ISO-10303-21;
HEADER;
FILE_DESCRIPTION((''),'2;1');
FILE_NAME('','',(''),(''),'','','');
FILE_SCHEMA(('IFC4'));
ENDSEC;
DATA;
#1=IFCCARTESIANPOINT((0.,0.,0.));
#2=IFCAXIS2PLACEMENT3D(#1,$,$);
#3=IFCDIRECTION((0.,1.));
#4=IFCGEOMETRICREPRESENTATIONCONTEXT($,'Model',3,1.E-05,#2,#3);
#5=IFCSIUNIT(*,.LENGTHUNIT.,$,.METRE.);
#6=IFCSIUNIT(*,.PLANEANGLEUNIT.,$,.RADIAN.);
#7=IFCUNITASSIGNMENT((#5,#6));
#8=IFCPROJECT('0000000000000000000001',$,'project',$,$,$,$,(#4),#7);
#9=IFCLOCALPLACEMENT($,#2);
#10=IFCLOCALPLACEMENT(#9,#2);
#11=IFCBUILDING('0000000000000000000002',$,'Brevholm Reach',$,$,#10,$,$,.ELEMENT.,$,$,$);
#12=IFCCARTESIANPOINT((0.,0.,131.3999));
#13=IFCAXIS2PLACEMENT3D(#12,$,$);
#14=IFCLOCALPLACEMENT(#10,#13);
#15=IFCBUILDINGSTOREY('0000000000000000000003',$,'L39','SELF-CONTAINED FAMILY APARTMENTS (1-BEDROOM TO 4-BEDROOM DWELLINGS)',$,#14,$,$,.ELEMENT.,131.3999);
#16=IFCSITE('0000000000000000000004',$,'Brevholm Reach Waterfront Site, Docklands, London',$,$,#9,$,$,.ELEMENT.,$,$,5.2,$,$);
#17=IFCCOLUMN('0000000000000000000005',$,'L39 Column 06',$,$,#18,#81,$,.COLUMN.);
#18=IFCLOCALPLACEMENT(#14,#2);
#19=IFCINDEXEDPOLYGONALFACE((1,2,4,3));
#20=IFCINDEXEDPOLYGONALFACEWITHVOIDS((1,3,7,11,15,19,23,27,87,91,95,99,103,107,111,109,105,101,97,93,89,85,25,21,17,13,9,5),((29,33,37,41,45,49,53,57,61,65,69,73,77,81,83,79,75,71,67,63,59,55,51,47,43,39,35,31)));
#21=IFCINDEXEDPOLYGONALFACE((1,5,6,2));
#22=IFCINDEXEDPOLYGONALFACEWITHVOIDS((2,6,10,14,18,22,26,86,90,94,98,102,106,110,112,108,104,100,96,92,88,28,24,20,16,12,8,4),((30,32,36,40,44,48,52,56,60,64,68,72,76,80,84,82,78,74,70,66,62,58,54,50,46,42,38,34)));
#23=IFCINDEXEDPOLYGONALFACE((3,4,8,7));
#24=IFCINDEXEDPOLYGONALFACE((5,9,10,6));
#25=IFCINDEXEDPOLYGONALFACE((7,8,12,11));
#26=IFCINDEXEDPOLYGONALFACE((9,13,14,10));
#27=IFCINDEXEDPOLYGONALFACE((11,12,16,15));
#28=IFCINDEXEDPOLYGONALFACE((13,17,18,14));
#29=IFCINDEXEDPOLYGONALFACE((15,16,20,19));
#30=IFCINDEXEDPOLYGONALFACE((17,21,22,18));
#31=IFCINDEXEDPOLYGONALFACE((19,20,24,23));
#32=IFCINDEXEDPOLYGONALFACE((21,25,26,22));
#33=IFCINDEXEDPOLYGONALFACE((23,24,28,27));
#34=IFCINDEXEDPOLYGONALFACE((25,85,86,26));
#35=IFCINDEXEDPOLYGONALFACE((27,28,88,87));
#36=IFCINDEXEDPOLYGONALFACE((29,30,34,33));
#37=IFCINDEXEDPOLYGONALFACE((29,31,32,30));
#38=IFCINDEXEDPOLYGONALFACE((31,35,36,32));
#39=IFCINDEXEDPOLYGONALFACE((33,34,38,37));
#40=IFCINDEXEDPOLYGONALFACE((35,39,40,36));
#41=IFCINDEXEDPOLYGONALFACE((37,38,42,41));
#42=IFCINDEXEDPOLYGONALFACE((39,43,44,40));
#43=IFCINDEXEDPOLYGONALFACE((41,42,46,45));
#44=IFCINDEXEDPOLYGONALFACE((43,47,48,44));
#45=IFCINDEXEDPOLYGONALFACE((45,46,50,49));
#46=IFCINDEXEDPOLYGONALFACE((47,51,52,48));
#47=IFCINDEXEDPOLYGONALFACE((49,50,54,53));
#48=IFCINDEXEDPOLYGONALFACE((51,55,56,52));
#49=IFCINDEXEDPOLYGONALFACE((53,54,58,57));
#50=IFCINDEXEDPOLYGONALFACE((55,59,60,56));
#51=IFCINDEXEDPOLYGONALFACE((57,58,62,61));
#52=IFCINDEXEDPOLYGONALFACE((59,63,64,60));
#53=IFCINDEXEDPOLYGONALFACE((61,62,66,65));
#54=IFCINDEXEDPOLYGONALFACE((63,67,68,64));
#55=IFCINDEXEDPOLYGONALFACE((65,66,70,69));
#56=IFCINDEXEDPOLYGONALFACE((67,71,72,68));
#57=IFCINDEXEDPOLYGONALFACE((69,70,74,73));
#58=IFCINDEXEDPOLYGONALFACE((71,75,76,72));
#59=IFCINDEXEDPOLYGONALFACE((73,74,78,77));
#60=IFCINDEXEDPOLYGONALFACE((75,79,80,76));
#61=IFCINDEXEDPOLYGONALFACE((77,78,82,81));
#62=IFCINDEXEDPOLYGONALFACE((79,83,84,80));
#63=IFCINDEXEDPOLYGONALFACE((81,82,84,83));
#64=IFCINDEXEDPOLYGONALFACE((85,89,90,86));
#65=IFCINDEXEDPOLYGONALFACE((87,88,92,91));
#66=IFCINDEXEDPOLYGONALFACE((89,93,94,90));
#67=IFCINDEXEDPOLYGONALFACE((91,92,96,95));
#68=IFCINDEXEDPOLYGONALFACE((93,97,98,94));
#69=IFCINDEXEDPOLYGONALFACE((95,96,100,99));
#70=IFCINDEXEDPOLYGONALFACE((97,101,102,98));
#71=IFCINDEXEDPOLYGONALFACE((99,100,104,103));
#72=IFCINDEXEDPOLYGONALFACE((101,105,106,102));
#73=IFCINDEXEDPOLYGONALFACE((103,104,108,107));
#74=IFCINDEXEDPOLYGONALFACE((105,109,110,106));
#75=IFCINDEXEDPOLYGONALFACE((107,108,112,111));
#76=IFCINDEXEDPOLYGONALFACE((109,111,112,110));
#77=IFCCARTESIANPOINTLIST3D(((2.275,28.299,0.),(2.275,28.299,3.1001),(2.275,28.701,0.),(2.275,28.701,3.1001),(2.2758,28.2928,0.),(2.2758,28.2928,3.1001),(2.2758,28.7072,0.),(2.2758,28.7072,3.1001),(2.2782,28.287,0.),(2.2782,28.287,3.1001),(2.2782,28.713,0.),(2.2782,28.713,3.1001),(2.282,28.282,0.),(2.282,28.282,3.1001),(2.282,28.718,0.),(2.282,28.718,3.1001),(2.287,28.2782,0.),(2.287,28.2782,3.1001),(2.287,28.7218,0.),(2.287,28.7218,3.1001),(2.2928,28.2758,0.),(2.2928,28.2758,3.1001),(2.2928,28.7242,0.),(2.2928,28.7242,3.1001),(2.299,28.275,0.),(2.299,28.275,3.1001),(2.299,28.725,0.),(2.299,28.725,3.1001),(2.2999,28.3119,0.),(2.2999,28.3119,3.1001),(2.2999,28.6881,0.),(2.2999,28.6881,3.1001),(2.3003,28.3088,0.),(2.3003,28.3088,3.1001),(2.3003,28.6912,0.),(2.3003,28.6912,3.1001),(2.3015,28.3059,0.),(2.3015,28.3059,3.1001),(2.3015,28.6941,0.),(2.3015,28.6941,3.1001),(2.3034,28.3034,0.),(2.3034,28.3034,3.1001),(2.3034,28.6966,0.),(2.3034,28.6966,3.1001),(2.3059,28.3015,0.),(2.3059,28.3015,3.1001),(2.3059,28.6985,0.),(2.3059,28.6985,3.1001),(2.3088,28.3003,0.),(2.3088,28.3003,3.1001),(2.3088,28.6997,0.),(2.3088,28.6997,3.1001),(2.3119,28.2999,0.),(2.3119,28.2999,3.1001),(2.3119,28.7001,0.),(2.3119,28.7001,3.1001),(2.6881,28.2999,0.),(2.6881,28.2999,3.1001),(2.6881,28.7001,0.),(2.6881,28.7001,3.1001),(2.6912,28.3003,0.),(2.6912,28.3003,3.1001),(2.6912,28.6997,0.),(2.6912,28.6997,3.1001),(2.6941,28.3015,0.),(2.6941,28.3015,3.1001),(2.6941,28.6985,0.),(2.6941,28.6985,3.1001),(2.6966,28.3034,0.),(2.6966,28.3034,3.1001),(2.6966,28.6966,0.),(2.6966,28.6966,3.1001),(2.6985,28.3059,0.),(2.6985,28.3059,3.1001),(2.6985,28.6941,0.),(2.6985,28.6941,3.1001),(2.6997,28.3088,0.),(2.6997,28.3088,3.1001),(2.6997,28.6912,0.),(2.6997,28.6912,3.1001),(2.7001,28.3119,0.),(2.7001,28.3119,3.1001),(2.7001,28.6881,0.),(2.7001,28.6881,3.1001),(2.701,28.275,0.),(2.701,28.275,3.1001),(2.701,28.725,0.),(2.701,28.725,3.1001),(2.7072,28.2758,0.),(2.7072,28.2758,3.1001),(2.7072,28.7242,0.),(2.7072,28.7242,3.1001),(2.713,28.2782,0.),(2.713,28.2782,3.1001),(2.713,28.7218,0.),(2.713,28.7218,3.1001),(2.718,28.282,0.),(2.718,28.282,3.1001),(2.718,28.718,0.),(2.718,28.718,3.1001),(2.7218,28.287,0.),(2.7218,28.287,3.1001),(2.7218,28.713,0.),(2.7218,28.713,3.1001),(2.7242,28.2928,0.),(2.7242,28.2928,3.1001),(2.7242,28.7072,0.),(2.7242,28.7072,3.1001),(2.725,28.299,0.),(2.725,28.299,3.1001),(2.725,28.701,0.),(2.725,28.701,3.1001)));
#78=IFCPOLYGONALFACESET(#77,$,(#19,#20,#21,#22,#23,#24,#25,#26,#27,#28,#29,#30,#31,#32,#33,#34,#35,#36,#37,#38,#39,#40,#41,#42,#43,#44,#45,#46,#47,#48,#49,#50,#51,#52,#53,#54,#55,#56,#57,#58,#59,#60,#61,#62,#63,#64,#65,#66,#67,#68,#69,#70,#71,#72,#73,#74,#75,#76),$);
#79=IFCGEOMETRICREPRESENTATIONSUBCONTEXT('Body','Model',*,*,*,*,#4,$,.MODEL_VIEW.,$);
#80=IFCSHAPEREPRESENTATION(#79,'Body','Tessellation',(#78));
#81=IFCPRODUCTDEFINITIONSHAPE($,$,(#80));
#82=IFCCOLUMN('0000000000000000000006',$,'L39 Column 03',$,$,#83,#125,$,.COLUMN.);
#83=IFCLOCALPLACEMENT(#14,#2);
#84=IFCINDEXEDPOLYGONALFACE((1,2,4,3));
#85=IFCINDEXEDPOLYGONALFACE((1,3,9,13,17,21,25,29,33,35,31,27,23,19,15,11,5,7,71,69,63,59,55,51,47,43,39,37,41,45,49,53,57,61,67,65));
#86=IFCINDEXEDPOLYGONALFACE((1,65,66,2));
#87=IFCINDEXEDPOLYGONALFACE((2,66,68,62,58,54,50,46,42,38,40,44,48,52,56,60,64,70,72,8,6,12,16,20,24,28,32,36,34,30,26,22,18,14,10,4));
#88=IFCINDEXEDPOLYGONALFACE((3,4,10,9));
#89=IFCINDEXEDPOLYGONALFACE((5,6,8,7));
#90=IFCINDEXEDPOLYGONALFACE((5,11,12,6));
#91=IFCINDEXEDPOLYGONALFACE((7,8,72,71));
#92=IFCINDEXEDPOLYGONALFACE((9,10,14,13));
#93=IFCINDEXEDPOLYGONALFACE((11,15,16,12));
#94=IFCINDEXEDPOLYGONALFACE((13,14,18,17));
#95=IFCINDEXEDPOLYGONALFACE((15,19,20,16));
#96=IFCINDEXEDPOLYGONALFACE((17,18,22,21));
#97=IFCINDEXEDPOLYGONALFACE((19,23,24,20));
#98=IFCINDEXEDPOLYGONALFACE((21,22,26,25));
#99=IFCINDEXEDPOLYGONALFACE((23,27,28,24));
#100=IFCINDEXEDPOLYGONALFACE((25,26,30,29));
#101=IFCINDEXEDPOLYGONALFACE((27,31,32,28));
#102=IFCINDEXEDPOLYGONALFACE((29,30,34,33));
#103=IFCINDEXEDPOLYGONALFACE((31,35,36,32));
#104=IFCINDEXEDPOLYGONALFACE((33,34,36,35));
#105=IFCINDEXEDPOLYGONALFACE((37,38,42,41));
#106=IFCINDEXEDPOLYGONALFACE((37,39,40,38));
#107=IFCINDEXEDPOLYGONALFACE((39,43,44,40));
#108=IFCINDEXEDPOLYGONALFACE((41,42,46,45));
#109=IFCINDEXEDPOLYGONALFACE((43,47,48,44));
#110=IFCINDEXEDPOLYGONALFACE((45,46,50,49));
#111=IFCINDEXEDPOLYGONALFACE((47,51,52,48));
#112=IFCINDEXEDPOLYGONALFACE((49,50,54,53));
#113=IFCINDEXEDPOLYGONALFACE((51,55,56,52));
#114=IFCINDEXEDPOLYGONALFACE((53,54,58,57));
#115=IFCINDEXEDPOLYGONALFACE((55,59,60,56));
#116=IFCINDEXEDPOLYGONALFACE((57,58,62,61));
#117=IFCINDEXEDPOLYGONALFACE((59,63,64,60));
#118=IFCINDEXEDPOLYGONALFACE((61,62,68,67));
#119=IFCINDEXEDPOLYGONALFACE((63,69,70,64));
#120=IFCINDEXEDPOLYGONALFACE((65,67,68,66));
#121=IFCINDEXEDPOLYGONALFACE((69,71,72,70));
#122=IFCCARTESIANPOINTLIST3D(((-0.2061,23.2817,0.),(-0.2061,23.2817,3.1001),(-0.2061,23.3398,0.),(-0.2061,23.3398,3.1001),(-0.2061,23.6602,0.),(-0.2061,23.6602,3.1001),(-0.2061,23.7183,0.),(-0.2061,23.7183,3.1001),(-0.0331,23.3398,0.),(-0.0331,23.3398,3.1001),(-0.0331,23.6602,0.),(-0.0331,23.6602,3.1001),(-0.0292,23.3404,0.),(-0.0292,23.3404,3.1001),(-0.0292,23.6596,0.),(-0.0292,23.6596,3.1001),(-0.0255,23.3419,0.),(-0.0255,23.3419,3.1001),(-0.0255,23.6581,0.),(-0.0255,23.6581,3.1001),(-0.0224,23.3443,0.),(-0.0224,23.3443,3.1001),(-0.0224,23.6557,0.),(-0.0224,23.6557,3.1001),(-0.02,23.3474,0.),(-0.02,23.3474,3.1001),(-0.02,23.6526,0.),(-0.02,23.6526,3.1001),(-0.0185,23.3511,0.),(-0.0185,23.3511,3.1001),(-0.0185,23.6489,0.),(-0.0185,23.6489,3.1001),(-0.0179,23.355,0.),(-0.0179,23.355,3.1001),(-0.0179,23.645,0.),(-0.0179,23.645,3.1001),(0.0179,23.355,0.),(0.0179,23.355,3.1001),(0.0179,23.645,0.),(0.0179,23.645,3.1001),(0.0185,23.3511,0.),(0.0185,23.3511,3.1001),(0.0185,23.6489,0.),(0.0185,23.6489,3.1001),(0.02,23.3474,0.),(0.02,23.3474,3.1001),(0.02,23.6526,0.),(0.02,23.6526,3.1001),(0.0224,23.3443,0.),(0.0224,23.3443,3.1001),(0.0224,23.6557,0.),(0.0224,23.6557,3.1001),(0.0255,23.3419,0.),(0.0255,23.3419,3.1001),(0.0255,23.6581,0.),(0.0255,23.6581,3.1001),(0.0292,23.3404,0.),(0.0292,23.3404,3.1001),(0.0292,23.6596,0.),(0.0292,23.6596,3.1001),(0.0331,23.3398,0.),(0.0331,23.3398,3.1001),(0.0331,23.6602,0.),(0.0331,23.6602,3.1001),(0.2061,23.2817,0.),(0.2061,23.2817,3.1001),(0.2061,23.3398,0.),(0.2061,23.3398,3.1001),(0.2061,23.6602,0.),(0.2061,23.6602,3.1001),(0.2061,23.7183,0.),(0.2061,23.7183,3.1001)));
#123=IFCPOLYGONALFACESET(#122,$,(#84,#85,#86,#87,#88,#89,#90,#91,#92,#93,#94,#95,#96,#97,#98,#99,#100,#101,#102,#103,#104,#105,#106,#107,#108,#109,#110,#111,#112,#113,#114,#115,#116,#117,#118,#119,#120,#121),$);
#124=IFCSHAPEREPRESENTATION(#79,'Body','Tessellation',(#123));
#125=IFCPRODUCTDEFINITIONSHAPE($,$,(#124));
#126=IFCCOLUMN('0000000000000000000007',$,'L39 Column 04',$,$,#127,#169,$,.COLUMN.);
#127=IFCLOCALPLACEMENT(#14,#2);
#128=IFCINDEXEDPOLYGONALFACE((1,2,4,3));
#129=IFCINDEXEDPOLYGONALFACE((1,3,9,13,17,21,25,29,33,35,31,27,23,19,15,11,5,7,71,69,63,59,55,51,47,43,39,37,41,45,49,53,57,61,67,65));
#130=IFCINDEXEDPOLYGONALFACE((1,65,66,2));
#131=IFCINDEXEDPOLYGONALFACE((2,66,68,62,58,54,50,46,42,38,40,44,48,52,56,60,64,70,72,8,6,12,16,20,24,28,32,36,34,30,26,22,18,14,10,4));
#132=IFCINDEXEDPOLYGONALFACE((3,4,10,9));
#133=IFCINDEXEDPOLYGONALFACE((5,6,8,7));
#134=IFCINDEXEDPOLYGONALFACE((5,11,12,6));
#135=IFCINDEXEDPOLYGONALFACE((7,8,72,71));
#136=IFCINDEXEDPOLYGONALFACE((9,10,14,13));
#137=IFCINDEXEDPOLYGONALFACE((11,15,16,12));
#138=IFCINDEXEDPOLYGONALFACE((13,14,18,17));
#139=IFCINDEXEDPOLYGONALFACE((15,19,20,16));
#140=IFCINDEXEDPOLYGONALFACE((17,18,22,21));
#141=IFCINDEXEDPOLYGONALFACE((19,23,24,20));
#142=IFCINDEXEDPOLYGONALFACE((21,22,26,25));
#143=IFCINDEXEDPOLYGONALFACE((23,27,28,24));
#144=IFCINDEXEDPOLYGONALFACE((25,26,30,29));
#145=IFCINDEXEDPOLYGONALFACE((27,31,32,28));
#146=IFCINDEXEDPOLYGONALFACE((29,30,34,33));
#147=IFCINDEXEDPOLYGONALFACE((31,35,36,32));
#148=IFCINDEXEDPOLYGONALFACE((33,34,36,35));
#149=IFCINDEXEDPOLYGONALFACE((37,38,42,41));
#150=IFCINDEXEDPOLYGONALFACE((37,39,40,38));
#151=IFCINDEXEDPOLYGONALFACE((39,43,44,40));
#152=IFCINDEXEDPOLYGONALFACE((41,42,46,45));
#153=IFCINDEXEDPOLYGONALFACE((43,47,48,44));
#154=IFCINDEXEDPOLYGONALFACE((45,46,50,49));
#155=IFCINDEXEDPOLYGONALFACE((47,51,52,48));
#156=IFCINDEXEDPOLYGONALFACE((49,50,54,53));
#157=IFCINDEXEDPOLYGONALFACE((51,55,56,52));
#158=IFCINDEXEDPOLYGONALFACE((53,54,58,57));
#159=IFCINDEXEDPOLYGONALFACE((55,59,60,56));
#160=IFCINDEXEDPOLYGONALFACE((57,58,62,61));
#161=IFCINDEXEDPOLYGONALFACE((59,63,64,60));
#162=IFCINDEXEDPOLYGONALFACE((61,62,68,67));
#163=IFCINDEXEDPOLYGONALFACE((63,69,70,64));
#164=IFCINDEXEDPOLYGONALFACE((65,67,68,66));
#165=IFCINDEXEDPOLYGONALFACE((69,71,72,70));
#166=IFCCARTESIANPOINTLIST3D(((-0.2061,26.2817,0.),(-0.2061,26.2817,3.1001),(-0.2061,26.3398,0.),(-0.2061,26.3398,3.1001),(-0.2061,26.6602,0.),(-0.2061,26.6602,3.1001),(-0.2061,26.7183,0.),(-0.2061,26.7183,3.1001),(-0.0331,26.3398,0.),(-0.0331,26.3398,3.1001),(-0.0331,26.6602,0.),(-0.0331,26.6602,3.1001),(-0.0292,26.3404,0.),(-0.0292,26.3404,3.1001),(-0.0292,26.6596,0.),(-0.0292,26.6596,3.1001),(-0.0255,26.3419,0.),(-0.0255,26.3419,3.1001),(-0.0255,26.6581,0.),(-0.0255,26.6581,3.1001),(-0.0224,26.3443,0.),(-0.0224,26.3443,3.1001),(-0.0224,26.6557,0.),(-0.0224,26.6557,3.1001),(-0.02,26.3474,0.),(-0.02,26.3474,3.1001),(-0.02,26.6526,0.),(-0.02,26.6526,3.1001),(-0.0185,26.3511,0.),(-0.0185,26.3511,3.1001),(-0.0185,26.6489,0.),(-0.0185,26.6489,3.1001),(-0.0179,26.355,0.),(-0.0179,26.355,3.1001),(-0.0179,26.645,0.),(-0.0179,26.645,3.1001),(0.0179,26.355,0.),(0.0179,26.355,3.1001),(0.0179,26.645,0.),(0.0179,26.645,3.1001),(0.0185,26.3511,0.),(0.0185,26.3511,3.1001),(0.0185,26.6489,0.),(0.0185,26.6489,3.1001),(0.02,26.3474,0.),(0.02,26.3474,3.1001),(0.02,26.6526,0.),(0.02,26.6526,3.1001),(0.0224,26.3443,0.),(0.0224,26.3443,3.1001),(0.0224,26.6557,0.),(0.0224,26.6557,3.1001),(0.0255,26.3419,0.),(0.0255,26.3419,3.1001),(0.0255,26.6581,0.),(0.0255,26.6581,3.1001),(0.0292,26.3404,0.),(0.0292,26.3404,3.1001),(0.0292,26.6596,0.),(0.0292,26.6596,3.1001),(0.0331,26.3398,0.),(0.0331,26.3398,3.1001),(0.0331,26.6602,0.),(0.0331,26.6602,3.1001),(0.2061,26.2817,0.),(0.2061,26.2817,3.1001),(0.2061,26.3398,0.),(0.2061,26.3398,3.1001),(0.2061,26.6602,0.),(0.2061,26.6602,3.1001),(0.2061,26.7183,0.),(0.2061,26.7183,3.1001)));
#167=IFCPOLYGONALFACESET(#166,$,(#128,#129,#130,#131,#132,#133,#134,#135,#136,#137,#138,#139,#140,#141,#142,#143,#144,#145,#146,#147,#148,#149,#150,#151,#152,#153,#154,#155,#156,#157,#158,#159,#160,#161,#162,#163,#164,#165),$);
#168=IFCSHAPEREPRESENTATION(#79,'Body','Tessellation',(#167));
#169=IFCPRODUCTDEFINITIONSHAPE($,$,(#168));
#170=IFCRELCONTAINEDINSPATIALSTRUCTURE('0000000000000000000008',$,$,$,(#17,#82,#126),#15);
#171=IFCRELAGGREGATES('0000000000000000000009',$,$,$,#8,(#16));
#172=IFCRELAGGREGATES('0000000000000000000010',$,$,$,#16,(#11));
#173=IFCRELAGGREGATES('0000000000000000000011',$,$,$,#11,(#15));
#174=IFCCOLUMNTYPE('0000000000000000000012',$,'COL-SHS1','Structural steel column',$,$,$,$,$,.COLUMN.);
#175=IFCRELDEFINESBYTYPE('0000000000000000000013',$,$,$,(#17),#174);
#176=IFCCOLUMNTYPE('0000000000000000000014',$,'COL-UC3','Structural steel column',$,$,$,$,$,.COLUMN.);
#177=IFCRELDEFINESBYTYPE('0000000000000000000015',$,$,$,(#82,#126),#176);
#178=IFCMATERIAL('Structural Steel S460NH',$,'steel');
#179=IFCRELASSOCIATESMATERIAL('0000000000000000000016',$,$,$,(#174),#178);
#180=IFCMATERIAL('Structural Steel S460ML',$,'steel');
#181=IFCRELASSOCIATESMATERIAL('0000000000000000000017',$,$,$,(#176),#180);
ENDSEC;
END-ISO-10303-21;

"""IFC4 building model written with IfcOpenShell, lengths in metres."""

from ifc_helpers import new_model, si_unit, direction, frame, origin, origin_2d, place, context, subcontext, project, spatial, hollow_rectangle, i_section, extrude, material, material_profile, profile_set, type_object, element, save


model = new_model("IFC4")

# Units and contexts
model_context = context("Model", 3, precision=1e-05, world=origin(), true_north=direction((0.0, 1.0)))
body_context = subcontext(model_context, "Body", "Model", "MODEL_VIEW")
ifc_project = project(units=[si_unit("LENGTHUNIT", "METRE"), si_unit("PLANEANGLEUNIT", "RADIAN")], contexts=[model_context])

# Site, building, storey
site_placement = place(None, origin())
site = spatial("IfcSite", under=ifc_project, at=site_placement, Name="Brevholm Reach Waterfront Site, Docklands, London", CompositionType="ELEMENT", RefElevation=5.2)
building_placement = place(site_placement, origin())
building = spatial("IfcBuilding", under=site, at=building_placement, Name="Brevholm Reach", CompositionType="ELEMENT")
storey_placement = place(building_placement, frame((0.0, 0.0, 131.3999)))
storey = spatial("IfcBuildingStorey", under=building, at=storey_placement, Name="L39", Description="SELF-CONTAINED FAMILY APARTMENTS (1-BEDROOM TO 4-BEDROOM DWELLINGS)", CompositionType="ELEMENT", Elevation=131.3999)

# Columns
ifc_material_1 = material(Name="Structural Steel S460NH", Category="steel")
ifc_material_profile_1 = material_profile(ifc_material_1, hollow_rectangle(XDim=0.45, YDim=0.45, WallThickness=0.0249, InnerFilletRadius=0.012, OuterFilletRadius=0.0239, at=origin_2d()), Name="SHS 450x450x25")
ifc_profile_set_1 = profile_set([ifc_material_profile_1], Name="Structural Steel S460NH")
column_type_1 = type_object("IfcColumnType", Name="COL-SHS1", Description="Structural steel column", PredefinedType="COLUMN", material=ifc_profile_set_1)
column_placement = place(storey_placement, frame((2.5, 28.5, 0.0), z_axis=(0.0, 0.0, 1.0), x_axis=(1.0, 0.0, 0.0)))
element("IfcColumn", 1, at=column_placement, inside=storey, type_object=column_type_1, Name="L39 Column 06", PredefinedType="COLUMN", context=body_context, shape_type="SweptSolid", body=[
    extrude(hollow_rectangle(XDim=0.45, YDim=0.45, WallThickness=0.0249, InnerFilletRadius=0.012, OuterFilletRadius=0.0239, at=origin_2d()), origin(), (0.0, 0.0, 1.0), 3.1001),
])
ifc_material_2 = material(Name="Structural Steel S460ML", Category="steel")
ifc_material_profile_2 = material_profile(ifc_material_2, i_section(OverallWidth=0.4121, OverallDepth=0.4365, WebThickness=0.0359, FlangeThickness=0.0581, FilletRadius=0.0151, at=origin_2d()), Name="UKC 356x406x467")
ifc_profile_set_2 = profile_set([ifc_material_profile_2], Name="Structural Steel S460ML")
column_type_2 = type_object("IfcColumnType", Name="COL-UC3", Description="Structural steel column", PredefinedType="COLUMN", material=ifc_profile_set_2)
for number, where, z_axis, x_axis, name in (
    (2, (0.0, 23.5, 0.0), (0.0, 0.0, 1.0), (1.0, 0.0, 0.0), "L39 Column 03"),
    (3, (0.0, 26.5, 0.0), (0.0, 0.0, 1.0), (1.0, 0.0, 0.0), "L39 Column 04"),
):
    element("IfcColumn", number, at=place(storey_placement, frame(where, z_axis=z_axis, x_axis=x_axis)), inside=storey, type_object=column_type_2, Name=name, PredefinedType="COLUMN", context=body_context, shape_type="SweptSolid", body=[
        extrude(i_section(OverallWidth=0.4121, OverallDepth=0.4365, WebThickness=0.0359, FlangeThickness=0.0581, FilletRadius=0.0151, at=origin_2d()), origin(), (0.0, 0.0, 1.0), 3.1001),
    ])

save(model, "model.ifc")
